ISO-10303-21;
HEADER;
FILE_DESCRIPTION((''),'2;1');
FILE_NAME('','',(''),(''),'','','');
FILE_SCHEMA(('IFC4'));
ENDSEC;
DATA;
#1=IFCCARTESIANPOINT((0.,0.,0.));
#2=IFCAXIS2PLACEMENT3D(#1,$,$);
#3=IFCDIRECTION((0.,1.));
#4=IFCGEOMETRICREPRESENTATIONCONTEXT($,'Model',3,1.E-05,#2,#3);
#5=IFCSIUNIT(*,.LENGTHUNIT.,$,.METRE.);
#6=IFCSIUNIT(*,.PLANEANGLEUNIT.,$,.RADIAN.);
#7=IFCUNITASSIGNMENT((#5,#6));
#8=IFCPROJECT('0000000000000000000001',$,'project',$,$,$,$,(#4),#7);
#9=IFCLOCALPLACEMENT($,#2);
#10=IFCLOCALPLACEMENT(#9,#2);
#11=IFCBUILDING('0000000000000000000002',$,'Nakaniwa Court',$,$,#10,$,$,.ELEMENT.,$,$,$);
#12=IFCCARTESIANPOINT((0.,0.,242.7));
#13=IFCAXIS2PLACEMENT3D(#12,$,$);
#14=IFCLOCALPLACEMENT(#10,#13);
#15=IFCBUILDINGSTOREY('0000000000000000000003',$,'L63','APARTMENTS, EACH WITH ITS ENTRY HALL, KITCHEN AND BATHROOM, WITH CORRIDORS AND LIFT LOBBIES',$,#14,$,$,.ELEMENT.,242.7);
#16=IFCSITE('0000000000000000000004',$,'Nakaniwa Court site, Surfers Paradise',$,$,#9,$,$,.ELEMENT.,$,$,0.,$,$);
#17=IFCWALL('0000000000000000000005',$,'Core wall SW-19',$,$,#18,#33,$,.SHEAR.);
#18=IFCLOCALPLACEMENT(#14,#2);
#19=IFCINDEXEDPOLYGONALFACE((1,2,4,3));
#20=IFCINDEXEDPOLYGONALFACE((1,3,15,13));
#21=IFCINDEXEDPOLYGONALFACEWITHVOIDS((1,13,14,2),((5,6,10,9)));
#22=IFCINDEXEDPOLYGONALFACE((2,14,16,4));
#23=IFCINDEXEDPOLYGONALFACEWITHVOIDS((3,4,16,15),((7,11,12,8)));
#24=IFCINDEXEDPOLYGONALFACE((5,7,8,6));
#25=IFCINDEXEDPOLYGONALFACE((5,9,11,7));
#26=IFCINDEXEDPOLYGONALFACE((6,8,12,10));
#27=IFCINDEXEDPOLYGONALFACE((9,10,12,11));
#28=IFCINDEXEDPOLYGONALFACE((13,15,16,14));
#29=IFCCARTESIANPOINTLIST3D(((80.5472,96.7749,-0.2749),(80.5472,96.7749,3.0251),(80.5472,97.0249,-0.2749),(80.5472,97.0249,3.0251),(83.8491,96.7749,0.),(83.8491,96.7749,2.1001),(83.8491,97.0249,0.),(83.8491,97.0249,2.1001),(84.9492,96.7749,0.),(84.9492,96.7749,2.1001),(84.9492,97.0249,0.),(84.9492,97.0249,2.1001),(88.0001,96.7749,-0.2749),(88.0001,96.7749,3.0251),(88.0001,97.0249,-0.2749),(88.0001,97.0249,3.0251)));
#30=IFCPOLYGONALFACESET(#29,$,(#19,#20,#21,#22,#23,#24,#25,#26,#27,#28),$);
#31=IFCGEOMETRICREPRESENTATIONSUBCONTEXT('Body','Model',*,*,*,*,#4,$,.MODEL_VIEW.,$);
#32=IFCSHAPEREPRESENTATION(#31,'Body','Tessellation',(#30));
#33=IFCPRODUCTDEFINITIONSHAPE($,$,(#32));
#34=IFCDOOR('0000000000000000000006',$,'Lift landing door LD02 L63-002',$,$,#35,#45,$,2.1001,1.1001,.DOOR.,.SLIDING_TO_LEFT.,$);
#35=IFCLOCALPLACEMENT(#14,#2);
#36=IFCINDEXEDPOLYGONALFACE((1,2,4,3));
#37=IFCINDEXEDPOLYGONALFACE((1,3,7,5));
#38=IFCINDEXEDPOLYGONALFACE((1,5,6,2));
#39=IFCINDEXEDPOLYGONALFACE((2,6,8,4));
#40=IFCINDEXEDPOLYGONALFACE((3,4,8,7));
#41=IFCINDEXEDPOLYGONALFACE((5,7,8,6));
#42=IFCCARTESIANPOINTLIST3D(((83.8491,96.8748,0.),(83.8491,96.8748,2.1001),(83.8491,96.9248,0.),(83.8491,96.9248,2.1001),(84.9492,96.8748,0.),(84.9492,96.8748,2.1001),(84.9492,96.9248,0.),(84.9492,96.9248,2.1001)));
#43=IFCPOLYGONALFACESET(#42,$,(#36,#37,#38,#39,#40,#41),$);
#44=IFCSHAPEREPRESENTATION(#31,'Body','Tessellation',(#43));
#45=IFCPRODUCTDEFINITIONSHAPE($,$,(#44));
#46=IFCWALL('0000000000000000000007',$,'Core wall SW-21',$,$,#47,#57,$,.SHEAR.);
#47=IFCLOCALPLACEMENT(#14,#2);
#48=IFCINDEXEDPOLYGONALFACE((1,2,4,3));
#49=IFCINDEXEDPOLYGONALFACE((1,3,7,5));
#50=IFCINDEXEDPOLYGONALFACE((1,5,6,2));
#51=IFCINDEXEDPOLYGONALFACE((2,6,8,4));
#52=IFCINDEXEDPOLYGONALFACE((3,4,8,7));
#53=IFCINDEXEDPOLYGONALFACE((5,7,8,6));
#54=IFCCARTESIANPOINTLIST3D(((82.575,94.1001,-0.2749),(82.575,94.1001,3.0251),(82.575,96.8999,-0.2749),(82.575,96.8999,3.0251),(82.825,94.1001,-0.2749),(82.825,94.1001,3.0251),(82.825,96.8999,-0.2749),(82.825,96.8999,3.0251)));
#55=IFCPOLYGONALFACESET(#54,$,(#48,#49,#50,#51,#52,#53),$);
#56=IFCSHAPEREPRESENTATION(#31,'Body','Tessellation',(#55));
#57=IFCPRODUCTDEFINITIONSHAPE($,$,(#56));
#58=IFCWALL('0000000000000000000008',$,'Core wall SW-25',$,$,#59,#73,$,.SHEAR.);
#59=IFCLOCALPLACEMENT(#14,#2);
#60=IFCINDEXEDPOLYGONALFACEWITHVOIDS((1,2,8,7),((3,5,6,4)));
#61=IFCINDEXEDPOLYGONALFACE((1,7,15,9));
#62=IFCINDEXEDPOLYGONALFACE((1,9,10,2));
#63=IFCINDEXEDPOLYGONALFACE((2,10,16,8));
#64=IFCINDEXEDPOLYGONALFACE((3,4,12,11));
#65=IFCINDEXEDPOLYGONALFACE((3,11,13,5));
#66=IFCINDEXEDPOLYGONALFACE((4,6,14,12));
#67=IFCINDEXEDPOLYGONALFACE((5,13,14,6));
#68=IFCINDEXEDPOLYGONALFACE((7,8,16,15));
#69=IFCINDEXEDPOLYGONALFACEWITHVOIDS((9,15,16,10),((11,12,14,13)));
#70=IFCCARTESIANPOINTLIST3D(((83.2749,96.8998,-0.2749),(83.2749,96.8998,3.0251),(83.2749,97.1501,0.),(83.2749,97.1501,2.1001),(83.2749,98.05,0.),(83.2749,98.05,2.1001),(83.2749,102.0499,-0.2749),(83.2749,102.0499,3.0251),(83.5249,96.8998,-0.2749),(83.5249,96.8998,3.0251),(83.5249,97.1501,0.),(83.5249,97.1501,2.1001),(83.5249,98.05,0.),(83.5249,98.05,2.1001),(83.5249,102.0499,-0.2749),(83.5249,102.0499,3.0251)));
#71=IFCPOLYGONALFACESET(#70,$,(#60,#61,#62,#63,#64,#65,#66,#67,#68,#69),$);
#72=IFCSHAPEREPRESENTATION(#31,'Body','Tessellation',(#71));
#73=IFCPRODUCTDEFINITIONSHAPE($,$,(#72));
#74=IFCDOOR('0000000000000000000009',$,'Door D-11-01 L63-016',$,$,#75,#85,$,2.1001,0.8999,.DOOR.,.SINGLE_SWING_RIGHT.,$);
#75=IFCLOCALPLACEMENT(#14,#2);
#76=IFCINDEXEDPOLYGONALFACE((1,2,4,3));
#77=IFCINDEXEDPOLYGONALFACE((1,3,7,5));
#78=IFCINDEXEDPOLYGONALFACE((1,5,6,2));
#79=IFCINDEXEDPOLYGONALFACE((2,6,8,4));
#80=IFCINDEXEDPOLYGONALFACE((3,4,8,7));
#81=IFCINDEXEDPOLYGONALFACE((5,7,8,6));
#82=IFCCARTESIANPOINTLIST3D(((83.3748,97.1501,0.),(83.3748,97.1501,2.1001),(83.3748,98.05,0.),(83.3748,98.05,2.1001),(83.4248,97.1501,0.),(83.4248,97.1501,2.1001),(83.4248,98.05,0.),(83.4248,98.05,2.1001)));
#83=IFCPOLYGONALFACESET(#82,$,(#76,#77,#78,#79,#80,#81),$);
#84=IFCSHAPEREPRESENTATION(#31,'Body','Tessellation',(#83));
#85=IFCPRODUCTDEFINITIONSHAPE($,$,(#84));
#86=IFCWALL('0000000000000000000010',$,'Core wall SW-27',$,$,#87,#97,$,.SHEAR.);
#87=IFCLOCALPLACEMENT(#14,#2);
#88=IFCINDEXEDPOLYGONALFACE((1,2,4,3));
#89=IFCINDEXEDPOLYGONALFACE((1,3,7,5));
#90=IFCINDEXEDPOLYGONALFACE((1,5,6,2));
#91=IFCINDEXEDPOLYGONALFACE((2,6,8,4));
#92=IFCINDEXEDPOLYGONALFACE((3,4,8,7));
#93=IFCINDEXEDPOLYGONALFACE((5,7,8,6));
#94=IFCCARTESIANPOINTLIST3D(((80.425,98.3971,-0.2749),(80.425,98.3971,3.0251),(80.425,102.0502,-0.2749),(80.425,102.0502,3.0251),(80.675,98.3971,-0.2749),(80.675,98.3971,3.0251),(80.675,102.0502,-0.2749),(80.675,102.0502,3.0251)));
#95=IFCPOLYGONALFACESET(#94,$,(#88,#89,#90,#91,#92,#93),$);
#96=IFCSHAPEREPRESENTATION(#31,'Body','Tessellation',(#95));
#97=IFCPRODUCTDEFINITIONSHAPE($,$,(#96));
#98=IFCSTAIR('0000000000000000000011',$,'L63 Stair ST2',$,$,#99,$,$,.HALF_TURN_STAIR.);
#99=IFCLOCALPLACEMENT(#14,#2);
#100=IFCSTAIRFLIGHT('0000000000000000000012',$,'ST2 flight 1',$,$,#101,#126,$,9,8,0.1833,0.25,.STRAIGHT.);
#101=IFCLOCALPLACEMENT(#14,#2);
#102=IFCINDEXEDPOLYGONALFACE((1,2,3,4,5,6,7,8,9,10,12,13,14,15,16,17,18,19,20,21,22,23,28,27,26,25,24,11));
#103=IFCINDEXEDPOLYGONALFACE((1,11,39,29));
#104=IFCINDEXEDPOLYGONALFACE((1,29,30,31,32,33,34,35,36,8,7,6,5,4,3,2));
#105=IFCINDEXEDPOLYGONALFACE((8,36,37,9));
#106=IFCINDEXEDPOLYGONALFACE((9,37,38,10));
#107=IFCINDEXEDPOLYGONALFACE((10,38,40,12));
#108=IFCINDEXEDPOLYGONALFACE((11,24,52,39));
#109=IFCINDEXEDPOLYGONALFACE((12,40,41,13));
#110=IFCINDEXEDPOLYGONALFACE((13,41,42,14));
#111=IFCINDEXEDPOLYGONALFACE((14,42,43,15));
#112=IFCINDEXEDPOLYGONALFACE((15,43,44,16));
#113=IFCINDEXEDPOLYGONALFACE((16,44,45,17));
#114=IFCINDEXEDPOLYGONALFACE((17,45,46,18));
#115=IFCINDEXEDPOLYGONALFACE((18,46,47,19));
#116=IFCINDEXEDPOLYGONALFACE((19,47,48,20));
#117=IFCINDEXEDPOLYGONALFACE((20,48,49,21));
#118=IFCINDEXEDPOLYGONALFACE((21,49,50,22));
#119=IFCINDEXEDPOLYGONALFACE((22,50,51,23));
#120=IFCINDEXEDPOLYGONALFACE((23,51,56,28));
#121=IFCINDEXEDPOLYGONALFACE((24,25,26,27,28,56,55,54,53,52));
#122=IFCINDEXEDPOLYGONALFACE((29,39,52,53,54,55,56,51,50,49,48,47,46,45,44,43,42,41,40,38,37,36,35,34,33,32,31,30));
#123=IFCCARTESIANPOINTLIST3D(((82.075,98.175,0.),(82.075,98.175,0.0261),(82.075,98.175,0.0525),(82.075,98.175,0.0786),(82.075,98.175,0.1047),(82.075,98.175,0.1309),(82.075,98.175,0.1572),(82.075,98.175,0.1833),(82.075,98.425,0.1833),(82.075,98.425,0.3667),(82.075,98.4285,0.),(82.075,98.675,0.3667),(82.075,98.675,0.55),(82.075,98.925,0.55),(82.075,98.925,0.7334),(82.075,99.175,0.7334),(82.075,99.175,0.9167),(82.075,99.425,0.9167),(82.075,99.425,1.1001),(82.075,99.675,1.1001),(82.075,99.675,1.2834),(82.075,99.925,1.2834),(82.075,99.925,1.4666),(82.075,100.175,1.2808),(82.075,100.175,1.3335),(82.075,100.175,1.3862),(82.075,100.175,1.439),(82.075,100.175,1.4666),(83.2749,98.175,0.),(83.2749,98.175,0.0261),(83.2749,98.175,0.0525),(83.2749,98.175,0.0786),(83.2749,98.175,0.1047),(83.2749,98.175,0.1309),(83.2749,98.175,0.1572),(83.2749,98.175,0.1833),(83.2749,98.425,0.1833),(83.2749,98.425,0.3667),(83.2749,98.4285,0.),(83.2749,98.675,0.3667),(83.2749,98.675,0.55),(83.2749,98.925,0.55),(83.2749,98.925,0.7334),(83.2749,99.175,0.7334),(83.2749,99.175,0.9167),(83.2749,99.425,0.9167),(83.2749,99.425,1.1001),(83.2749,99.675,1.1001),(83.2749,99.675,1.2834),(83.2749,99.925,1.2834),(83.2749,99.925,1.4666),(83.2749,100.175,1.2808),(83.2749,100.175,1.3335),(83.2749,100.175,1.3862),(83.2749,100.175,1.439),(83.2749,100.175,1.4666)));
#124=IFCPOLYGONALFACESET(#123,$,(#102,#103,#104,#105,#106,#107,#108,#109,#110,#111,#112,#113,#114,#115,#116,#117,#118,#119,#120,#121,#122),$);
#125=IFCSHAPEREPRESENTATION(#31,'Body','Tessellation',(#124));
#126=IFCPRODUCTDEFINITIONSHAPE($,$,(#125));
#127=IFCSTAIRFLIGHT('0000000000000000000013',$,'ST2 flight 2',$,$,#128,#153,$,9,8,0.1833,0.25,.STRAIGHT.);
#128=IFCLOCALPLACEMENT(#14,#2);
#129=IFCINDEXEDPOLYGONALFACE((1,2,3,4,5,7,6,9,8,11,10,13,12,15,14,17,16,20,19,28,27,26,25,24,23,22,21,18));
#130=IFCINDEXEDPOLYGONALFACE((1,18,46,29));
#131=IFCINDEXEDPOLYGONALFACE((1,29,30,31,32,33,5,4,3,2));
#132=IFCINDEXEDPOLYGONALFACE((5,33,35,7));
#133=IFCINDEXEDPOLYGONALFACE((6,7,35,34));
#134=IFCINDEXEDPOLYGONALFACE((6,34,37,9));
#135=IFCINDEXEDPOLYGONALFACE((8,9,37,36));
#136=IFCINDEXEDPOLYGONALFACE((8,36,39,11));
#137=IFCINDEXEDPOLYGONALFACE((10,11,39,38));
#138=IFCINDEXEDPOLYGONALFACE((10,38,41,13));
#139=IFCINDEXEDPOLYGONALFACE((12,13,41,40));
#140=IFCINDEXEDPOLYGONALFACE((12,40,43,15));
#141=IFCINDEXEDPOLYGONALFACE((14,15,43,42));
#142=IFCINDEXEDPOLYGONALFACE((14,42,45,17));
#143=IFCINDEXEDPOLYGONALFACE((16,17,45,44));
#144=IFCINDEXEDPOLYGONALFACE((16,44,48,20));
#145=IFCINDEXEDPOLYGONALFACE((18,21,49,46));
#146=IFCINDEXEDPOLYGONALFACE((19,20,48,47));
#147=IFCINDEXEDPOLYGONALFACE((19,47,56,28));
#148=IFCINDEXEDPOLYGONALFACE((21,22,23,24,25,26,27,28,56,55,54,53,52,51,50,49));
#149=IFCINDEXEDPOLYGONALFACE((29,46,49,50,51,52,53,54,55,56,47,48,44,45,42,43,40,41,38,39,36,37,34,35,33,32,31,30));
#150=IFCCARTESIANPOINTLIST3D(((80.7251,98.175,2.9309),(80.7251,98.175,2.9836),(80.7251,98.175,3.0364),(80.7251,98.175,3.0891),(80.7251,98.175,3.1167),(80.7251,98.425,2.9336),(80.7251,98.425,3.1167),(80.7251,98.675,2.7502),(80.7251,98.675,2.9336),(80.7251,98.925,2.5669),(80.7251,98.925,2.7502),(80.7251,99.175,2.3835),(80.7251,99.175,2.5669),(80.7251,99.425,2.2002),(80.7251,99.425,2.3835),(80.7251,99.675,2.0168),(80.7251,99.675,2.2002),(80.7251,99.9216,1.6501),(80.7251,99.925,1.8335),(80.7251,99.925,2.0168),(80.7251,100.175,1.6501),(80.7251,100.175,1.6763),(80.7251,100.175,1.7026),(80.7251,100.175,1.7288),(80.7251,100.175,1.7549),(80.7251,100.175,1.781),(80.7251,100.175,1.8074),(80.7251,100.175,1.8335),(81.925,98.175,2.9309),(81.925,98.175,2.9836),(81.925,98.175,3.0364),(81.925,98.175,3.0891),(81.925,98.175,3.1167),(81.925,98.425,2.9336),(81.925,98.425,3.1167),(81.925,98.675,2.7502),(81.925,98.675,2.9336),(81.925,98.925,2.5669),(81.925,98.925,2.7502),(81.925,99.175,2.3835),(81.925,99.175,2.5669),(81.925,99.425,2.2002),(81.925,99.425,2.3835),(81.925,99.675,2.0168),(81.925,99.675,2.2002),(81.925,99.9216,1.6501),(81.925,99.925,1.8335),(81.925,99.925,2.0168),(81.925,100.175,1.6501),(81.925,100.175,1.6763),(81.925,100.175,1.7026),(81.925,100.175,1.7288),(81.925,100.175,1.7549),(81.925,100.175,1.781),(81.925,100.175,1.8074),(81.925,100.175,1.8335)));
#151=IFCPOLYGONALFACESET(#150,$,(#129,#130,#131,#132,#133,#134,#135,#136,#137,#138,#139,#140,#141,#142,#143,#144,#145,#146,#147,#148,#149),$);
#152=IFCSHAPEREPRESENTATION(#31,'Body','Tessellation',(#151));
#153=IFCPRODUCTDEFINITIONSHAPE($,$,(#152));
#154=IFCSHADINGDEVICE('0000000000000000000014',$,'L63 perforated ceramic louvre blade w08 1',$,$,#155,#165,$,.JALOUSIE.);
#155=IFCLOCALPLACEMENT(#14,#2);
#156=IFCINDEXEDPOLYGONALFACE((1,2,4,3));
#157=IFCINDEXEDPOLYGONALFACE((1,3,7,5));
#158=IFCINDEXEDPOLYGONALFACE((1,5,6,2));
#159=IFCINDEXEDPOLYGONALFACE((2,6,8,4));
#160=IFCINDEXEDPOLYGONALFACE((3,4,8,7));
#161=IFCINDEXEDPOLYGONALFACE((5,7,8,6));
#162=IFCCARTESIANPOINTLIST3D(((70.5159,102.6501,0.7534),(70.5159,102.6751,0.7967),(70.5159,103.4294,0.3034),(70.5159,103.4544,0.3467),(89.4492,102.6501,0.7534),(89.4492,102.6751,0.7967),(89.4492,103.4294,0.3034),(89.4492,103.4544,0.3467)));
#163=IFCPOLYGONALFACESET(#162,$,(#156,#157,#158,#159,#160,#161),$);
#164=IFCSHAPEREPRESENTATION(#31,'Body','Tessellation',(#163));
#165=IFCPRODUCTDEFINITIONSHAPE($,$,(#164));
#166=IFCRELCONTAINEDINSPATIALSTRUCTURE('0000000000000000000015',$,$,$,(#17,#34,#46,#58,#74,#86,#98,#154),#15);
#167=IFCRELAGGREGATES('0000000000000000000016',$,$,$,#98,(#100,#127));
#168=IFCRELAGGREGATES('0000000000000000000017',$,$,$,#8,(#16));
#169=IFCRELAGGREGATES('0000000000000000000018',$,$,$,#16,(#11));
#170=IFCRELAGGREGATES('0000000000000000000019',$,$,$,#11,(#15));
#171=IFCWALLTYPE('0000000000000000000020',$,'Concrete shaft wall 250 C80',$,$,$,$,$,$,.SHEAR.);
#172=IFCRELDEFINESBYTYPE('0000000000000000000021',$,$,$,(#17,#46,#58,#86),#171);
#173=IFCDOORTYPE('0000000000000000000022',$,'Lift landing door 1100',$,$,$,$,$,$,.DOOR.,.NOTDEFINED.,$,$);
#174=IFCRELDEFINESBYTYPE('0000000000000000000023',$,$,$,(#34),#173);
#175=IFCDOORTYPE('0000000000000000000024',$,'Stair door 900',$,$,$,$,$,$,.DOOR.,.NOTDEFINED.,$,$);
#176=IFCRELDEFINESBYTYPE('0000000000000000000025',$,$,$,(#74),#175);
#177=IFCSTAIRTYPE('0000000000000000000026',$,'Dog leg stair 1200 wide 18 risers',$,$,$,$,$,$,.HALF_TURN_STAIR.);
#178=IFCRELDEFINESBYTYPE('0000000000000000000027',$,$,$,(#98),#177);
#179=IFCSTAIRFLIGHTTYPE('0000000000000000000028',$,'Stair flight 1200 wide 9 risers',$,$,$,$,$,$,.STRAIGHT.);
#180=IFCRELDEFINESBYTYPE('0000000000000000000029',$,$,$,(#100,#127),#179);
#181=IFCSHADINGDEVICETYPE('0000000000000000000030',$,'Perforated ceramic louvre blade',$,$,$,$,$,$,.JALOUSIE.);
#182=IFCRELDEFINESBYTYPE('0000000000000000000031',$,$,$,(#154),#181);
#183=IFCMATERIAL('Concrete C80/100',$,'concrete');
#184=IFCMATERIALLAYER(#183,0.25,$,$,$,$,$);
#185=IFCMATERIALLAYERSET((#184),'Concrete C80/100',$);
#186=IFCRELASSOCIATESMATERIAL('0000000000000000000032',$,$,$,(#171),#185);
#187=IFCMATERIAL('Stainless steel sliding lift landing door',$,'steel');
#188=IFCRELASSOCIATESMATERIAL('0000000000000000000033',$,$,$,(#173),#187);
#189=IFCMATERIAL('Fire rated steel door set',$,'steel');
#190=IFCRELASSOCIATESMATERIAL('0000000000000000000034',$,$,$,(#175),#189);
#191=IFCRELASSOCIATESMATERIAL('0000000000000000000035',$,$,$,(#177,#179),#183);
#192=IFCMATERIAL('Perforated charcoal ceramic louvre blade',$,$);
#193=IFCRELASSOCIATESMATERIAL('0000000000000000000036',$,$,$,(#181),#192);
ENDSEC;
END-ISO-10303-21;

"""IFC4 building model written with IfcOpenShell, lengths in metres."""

from ifc_helpers import new_model, si_unit, direction, frame, frame_2d, origin, origin_2d, place, context, subcontext, project, spatial, polyline, rectangle, outline, extrude, material, layer, layer_set, material_profile, profile_set, type_object, element, fill, aggregate, save


model = new_model("IFC4")

# Units and contexts
model_context = context("Model", 3, precision=1e-05, world=origin(), true_north=direction((0.0, 1.0)))
body_context = subcontext(model_context, "Body", "Model", "MODEL_VIEW")
ifc_project = project(units=[si_unit("LENGTHUNIT", "METRE"), si_unit("PLANEANGLEUNIT", "RADIAN")], contexts=[model_context])

# Site, building, storey
site_placement = place(None, origin())
site = spatial("IfcSite", under=ifc_project, at=site_placement, Name="Nakaniwa Court site, Surfers Paradise", CompositionType="ELEMENT", RefElevation=0.0)
building_placement = place(site_placement, origin())
building = spatial("IfcBuilding", under=site, at=building_placement, Name="Nakaniwa Court", CompositionType="ELEMENT")
storey_placement = place(building_placement, frame((0.0, 0.0, 242.7)))
storey = spatial("IfcBuildingStorey", under=building, at=storey_placement, Name="L63", Description="APARTMENTS, EACH WITH ITS ENTRY HALL, KITCHEN AND BATHROOM, WITH CORRIDORS AND LIFT LOBBIES", CompositionType="ELEMENT", Elevation=242.7)

# Shared definitions
ifc_material_1 = material(Name="Fire rated steel door set", Category="steel")

# Shared definitions
ifc_material_2 = material(Name="Concrete C80/100", Category="concrete")

# Shared definitions
ifc_layer_1 = layer(ifc_material_2, 0.25)
ifc_layer_set_1 = layer_set([ifc_layer_1], Name="Concrete C80/100")
wall_type_1 = type_object("IfcWallType", Name="Concrete shaft wall 250 C80", PredefinedType="SHEAR", material=ifc_layer_set_1)

# Wall, opening, door
wall_1_placement = place(storey_placement, frame((80.5471, 96.8999, -0.2749), z_axis=(0.0, 0.0, 1.0), x_axis=(1.0, 0.0, 0.0)))
wall_1 = element("IfcWall", 1, at=wall_1_placement, inside=storey, type_object=wall_type_1, Name="Core wall SW-19", PredefinedType="SHEAR", context=body_context, shape_type="SweptSolid", body=[
    extrude(rectangle(XDim=7.4529, YDim=0.25, at=frame_2d((3.7266, 0.0))), origin(), (0.0, 0.0, 1.0), 3.3),
])
opening_1_placement = place(wall_1_placement, frame((3.302, 0.0, 0.2749)))
opening_1 = element("IfcOpeningElement", 2, at=opening_1_placement, cuts=wall_1, PredefinedType="OPENING", context=body_context, shape_type="SweptSolid", body=[
    extrude(rectangle(XDim=1.1001, YDim=2.1001, at=frame_2d((0.55, 1.05))), frame((0.0, 0.135, 0.0), z_axis=(0.0, -1.0, 0.0), x_axis=(1.0, 0.0, 0.0)), (0.0, 0.0, 1.0), 0.27),
])
ifc_material_3 = material(Name="Stainless steel sliding lift landing door", Category="steel")
door_type_1 = type_object("IfcDoorType", Name="Lift landing door 1100", OperationType="NOTDEFINED", PredefinedType="DOOR", material=ifc_material_3)
door_1_placement = place(opening_1_placement, origin())
door_1 = element("IfcDoor", 3, at=door_1_placement, inside=storey, type_object=door_type_1, Name="Lift landing door LD02 L63-002", OperationType="SLIDING_TO_LEFT", OverallHeight=2.1001, OverallWidth=1.1001, PredefinedType="DOOR", context=body_context, shape_type="SweptSolid", body=[
    extrude(rectangle(XDim=1.1001, YDim=2.1001, at=frame_2d((0.55, 1.05))), frame((0.0, 0.0249, 0.0), z_axis=(0.0, -1.0, 0.0), x_axis=(1.0, 0.0, 0.0)), (0.0, 0.0, 1.0), 0.05),
])
fill(opening_1, door_1)

# Wall
wall_2_placement = place(storey_placement, frame((82.7, 94.1001, -0.2749), z_axis=(0.0, 0.0, 1.0), x_axis=(0.0, 1.0, 0.0)))
element("IfcWall", 4, at=wall_2_placement, inside=storey, type_object=wall_type_1, Name="Core wall SW-21", PredefinedType="SHEAR", context=body_context, shape_type="SweptSolid", body=[
    extrude(rectangle(XDim=2.7998, YDim=0.25, at=frame_2d((1.3999, 0.0))), origin(), (0.0, 0.0, 1.0), 3.3),
])

# Wall, opening, door
wall_3_placement = place(storey_placement, frame((83.3999, 102.05, -0.2749), z_axis=(0.0, 0.0, 1.0), x_axis=(0.0, -1.0, 0.0)))
wall_3 = element("IfcWall", 5, at=wall_3_placement, inside=storey, type_object=wall_type_1, Name="Core wall SW-25", PredefinedType="SHEAR", context=body_context, shape_type="SweptSolid", body=[
    extrude(rectangle(XDim=5.1501, YDim=0.25, at=frame_2d((2.5752, 0.0))), origin(), (0.0, 0.0, 1.0), 3.3),
])
opening_2_placement = place(wall_3_placement, frame((4.0, 0.0, 0.2749)))
opening_2 = element("IfcOpeningElement", 6, at=opening_2_placement, cuts=wall_3, PredefinedType="OPENING", context=body_context, shape_type="SweptSolid", body=[
    extrude(rectangle(XDim=0.8999, YDim=2.1001, at=frame_2d((0.45, 1.05))), frame((0.0, 0.135, 0.0), z_axis=(0.0, -1.0, 0.0), x_axis=(1.0, 0.0, 0.0)), (0.0, 0.0, 1.0), 0.27),
])
door_type_2 = type_object("IfcDoorType", Name="Stair door 900", OperationType="NOTDEFINED", PredefinedType="DOOR", material=ifc_material_1)
door_2_placement = place(opening_2_placement, origin())
door_2 = element("IfcDoor", 7, at=door_2_placement, inside=storey, type_object=door_type_2, Name="Door D-11-01 L63-016", OperationType="SINGLE_SWING_RIGHT", OverallHeight=2.1001, OverallWidth=0.8999, PredefinedType="DOOR", context=body_context, shape_type="SweptSolid", body=[
    extrude(rectangle(XDim=0.8999, YDim=2.1001, at=frame_2d((0.45, 1.05))), frame((0.0, 0.0249, 0.0), z_axis=(0.0, -1.0, 0.0), x_axis=(1.0, 0.0, 0.0)), (0.0, 0.0, 1.0), 0.05),
])
fill(opening_2, door_2)

# Wall
wall_4_placement = place(storey_placement, frame((80.55, 98.397, -0.2749), z_axis=(0.0, 0.0, 1.0), x_axis=(0.0, 1.0, 0.0)))
element("IfcWall", 8, at=wall_4_placement, inside=storey, type_object=wall_type_1, Name="Core wall SW-27", PredefinedType="SHEAR", context=body_context, shape_type="SweptSolid", body=[
    extrude(rectangle(XDim=3.6531, YDim=0.25, at=frame_2d((1.8267, 0.0))), origin(), (0.0, 0.0, 1.0), 3.3),
])

# Stair, stair flights
stair_type = type_object("IfcStairType", Name="Dog leg stair 1200 wide 18 risers", PredefinedType="HALF_TURN_STAIR", material=ifc_material_2)
stair_placement = place(storey_placement, origin())
stair = element("IfcStair", 9, at=stair_placement, inside=storey, type_object=stair_type, Name="L63 Stair ST2", PredefinedType="HALF_TURN_STAIR")
stair_flight_type = type_object("IfcStairFlightType", Name="Stair flight 1200 wide 9 risers", PredefinedType="STRAIGHT", material=ifc_material_2)
stair_flight_1_placement = place(storey_placement, frame((82.675, 98.175, 0.0), z_axis=(0.0, 0.0, 1.0), x_axis=(0.0, 1.0, 0.0)))
stair_flight_1 = element("IfcStairFlight", 10, at=stair_flight_1_placement, type_object=stair_flight_type, Name="ST2 flight 1", NumberOfRisers=9, NumberOfTreads=8, PredefinedType="STRAIGHT", RiserHeight=0.1833, TreadLength=0.25, context=body_context, shape_type="SweptSolid", body=[
    extrude(outline(polyline([(0.0, 0.0), (0.0, 0.0261), (0.0, 0.0525), (0.0, 0.0786), (0.0, 0.1047), (0.0, 0.1309), (0.0, 0.1572), (0.0, 0.1833), (0.25, 0.1833), (0.25, 0.3667), (0.5, 0.3667), (0.5, 0.55), (0.75, 0.55), (0.75, 0.7334), (1.0, 0.7334), (1.0, 0.9167), (1.25, 0.9167), (1.25, 1.1001), (1.5, 1.1001), (1.5, 1.2834), (1.75, 1.2834), (1.75, 1.4666), (2.0, 1.4666), (2.0, 1.6499), (2.0, 1.5972), (2.0, 1.5444), (2.0, 1.4917), (2.0, 1.439), (2.0, 1.3862), (2.0, 1.3335), (2.0, 1.2808), (0.2534, 0.0), (0.0, 0.0)])), frame((0.0, 0.6001, 0.0), z_axis=(0.0, -1.0, 0.0), x_axis=(1.0, 0.0, 0.0)), (0.0, 0.0, 1.0), 1.2),
])
stair_flight_2_placement = place(storey_placement, frame((81.325, 100.175, 1.6501), z_axis=(0.0, 0.0, 1.0), x_axis=(0.0, -1.0, 0.0)))
stair_flight_2 = element("IfcStairFlight", 11, at=stair_flight_2_placement, type_object=stair_flight_type, Name="ST2 flight 2", NumberOfRisers=9, NumberOfTreads=8, PredefinedType="STRAIGHT", RiserHeight=0.1833, TreadLength=0.25, context=body_context, shape_type="SweptSolid", body=[
    extrude(outline(polyline([(0.0, 0.0), (0.0, 0.0261), (0.0, 0.0525), (0.0, 0.0786), (0.0, 0.1047), (0.0, 0.1309), (0.0, 0.1572), (0.0, 0.1833), (0.25, 0.1833), (0.25, 0.3667), (0.5, 0.3667), (0.5, 0.55), (0.75, 0.55), (0.75, 0.7334), (1.0, 0.7334), (1.0, 0.9167), (1.25, 0.9167), (1.25, 1.1001), (1.5, 1.1001), (1.5, 1.2834), (1.75, 1.2834), (1.75, 1.4666), (2.0, 1.4666), (2.0, 1.6499), (2.0, 1.5972), (2.0, 1.5444), (2.0, 1.4917), (2.0, 1.439), (2.0, 1.3862), (2.0, 1.3335), (2.0, 1.2808), (0.2534, 0.0), (0.0, 0.0)])), frame((0.0, 0.6001, 0.0), z_axis=(0.0, -1.0, 0.0), x_axis=(1.0, 0.0, 0.0)), (0.0, 0.0, 1.0), 1.2),
])
aggregate(stair, [stair_flight_1, stair_flight_2])

# Shading device
ifc_material_4 = material(Name="Perforated charcoal ceramic louvre blade")
ifc_material_profile = material_profile(ifc_material_4, rectangle(XDim=0.8999, YDim=0.05, at=origin_2d()), Name="Perforated ceramic louvre blade")
ifc_profile_set = profile_set([ifc_material_profile], Name="Perforated charcoal ceramic louvre blade")
shading_device_type = type_object("IfcShadingDeviceType", Name="Perforated ceramic louvre blade", PredefinedType="JALOUSIE", material=ifc_profile_set)
for number, where, z_axis, x_axis, name in (
    (12, (89.4492, 103.0522, 0.55), (-1.0, 0.0, 0.0), (0.0, -0.866025, 0.5), "L63 perforated ceramic louvre blade w08 1"),
):
    element("IfcShadingDevice", number, at=place(storey_placement, frame(where, z_axis=z_axis, x_axis=x_axis)), inside=storey, type_object=shading_device_type, Name=name, PredefinedType="JALOUSIE", context=body_context, shape_type="SweptSolid", body=[
        extrude(rectangle(XDim=0.8999, YDim=0.05, at=origin_2d()), origin(), (0.0, 0.0, 1.0), 18.9333),
    ])

save(model, "model.ifc")
